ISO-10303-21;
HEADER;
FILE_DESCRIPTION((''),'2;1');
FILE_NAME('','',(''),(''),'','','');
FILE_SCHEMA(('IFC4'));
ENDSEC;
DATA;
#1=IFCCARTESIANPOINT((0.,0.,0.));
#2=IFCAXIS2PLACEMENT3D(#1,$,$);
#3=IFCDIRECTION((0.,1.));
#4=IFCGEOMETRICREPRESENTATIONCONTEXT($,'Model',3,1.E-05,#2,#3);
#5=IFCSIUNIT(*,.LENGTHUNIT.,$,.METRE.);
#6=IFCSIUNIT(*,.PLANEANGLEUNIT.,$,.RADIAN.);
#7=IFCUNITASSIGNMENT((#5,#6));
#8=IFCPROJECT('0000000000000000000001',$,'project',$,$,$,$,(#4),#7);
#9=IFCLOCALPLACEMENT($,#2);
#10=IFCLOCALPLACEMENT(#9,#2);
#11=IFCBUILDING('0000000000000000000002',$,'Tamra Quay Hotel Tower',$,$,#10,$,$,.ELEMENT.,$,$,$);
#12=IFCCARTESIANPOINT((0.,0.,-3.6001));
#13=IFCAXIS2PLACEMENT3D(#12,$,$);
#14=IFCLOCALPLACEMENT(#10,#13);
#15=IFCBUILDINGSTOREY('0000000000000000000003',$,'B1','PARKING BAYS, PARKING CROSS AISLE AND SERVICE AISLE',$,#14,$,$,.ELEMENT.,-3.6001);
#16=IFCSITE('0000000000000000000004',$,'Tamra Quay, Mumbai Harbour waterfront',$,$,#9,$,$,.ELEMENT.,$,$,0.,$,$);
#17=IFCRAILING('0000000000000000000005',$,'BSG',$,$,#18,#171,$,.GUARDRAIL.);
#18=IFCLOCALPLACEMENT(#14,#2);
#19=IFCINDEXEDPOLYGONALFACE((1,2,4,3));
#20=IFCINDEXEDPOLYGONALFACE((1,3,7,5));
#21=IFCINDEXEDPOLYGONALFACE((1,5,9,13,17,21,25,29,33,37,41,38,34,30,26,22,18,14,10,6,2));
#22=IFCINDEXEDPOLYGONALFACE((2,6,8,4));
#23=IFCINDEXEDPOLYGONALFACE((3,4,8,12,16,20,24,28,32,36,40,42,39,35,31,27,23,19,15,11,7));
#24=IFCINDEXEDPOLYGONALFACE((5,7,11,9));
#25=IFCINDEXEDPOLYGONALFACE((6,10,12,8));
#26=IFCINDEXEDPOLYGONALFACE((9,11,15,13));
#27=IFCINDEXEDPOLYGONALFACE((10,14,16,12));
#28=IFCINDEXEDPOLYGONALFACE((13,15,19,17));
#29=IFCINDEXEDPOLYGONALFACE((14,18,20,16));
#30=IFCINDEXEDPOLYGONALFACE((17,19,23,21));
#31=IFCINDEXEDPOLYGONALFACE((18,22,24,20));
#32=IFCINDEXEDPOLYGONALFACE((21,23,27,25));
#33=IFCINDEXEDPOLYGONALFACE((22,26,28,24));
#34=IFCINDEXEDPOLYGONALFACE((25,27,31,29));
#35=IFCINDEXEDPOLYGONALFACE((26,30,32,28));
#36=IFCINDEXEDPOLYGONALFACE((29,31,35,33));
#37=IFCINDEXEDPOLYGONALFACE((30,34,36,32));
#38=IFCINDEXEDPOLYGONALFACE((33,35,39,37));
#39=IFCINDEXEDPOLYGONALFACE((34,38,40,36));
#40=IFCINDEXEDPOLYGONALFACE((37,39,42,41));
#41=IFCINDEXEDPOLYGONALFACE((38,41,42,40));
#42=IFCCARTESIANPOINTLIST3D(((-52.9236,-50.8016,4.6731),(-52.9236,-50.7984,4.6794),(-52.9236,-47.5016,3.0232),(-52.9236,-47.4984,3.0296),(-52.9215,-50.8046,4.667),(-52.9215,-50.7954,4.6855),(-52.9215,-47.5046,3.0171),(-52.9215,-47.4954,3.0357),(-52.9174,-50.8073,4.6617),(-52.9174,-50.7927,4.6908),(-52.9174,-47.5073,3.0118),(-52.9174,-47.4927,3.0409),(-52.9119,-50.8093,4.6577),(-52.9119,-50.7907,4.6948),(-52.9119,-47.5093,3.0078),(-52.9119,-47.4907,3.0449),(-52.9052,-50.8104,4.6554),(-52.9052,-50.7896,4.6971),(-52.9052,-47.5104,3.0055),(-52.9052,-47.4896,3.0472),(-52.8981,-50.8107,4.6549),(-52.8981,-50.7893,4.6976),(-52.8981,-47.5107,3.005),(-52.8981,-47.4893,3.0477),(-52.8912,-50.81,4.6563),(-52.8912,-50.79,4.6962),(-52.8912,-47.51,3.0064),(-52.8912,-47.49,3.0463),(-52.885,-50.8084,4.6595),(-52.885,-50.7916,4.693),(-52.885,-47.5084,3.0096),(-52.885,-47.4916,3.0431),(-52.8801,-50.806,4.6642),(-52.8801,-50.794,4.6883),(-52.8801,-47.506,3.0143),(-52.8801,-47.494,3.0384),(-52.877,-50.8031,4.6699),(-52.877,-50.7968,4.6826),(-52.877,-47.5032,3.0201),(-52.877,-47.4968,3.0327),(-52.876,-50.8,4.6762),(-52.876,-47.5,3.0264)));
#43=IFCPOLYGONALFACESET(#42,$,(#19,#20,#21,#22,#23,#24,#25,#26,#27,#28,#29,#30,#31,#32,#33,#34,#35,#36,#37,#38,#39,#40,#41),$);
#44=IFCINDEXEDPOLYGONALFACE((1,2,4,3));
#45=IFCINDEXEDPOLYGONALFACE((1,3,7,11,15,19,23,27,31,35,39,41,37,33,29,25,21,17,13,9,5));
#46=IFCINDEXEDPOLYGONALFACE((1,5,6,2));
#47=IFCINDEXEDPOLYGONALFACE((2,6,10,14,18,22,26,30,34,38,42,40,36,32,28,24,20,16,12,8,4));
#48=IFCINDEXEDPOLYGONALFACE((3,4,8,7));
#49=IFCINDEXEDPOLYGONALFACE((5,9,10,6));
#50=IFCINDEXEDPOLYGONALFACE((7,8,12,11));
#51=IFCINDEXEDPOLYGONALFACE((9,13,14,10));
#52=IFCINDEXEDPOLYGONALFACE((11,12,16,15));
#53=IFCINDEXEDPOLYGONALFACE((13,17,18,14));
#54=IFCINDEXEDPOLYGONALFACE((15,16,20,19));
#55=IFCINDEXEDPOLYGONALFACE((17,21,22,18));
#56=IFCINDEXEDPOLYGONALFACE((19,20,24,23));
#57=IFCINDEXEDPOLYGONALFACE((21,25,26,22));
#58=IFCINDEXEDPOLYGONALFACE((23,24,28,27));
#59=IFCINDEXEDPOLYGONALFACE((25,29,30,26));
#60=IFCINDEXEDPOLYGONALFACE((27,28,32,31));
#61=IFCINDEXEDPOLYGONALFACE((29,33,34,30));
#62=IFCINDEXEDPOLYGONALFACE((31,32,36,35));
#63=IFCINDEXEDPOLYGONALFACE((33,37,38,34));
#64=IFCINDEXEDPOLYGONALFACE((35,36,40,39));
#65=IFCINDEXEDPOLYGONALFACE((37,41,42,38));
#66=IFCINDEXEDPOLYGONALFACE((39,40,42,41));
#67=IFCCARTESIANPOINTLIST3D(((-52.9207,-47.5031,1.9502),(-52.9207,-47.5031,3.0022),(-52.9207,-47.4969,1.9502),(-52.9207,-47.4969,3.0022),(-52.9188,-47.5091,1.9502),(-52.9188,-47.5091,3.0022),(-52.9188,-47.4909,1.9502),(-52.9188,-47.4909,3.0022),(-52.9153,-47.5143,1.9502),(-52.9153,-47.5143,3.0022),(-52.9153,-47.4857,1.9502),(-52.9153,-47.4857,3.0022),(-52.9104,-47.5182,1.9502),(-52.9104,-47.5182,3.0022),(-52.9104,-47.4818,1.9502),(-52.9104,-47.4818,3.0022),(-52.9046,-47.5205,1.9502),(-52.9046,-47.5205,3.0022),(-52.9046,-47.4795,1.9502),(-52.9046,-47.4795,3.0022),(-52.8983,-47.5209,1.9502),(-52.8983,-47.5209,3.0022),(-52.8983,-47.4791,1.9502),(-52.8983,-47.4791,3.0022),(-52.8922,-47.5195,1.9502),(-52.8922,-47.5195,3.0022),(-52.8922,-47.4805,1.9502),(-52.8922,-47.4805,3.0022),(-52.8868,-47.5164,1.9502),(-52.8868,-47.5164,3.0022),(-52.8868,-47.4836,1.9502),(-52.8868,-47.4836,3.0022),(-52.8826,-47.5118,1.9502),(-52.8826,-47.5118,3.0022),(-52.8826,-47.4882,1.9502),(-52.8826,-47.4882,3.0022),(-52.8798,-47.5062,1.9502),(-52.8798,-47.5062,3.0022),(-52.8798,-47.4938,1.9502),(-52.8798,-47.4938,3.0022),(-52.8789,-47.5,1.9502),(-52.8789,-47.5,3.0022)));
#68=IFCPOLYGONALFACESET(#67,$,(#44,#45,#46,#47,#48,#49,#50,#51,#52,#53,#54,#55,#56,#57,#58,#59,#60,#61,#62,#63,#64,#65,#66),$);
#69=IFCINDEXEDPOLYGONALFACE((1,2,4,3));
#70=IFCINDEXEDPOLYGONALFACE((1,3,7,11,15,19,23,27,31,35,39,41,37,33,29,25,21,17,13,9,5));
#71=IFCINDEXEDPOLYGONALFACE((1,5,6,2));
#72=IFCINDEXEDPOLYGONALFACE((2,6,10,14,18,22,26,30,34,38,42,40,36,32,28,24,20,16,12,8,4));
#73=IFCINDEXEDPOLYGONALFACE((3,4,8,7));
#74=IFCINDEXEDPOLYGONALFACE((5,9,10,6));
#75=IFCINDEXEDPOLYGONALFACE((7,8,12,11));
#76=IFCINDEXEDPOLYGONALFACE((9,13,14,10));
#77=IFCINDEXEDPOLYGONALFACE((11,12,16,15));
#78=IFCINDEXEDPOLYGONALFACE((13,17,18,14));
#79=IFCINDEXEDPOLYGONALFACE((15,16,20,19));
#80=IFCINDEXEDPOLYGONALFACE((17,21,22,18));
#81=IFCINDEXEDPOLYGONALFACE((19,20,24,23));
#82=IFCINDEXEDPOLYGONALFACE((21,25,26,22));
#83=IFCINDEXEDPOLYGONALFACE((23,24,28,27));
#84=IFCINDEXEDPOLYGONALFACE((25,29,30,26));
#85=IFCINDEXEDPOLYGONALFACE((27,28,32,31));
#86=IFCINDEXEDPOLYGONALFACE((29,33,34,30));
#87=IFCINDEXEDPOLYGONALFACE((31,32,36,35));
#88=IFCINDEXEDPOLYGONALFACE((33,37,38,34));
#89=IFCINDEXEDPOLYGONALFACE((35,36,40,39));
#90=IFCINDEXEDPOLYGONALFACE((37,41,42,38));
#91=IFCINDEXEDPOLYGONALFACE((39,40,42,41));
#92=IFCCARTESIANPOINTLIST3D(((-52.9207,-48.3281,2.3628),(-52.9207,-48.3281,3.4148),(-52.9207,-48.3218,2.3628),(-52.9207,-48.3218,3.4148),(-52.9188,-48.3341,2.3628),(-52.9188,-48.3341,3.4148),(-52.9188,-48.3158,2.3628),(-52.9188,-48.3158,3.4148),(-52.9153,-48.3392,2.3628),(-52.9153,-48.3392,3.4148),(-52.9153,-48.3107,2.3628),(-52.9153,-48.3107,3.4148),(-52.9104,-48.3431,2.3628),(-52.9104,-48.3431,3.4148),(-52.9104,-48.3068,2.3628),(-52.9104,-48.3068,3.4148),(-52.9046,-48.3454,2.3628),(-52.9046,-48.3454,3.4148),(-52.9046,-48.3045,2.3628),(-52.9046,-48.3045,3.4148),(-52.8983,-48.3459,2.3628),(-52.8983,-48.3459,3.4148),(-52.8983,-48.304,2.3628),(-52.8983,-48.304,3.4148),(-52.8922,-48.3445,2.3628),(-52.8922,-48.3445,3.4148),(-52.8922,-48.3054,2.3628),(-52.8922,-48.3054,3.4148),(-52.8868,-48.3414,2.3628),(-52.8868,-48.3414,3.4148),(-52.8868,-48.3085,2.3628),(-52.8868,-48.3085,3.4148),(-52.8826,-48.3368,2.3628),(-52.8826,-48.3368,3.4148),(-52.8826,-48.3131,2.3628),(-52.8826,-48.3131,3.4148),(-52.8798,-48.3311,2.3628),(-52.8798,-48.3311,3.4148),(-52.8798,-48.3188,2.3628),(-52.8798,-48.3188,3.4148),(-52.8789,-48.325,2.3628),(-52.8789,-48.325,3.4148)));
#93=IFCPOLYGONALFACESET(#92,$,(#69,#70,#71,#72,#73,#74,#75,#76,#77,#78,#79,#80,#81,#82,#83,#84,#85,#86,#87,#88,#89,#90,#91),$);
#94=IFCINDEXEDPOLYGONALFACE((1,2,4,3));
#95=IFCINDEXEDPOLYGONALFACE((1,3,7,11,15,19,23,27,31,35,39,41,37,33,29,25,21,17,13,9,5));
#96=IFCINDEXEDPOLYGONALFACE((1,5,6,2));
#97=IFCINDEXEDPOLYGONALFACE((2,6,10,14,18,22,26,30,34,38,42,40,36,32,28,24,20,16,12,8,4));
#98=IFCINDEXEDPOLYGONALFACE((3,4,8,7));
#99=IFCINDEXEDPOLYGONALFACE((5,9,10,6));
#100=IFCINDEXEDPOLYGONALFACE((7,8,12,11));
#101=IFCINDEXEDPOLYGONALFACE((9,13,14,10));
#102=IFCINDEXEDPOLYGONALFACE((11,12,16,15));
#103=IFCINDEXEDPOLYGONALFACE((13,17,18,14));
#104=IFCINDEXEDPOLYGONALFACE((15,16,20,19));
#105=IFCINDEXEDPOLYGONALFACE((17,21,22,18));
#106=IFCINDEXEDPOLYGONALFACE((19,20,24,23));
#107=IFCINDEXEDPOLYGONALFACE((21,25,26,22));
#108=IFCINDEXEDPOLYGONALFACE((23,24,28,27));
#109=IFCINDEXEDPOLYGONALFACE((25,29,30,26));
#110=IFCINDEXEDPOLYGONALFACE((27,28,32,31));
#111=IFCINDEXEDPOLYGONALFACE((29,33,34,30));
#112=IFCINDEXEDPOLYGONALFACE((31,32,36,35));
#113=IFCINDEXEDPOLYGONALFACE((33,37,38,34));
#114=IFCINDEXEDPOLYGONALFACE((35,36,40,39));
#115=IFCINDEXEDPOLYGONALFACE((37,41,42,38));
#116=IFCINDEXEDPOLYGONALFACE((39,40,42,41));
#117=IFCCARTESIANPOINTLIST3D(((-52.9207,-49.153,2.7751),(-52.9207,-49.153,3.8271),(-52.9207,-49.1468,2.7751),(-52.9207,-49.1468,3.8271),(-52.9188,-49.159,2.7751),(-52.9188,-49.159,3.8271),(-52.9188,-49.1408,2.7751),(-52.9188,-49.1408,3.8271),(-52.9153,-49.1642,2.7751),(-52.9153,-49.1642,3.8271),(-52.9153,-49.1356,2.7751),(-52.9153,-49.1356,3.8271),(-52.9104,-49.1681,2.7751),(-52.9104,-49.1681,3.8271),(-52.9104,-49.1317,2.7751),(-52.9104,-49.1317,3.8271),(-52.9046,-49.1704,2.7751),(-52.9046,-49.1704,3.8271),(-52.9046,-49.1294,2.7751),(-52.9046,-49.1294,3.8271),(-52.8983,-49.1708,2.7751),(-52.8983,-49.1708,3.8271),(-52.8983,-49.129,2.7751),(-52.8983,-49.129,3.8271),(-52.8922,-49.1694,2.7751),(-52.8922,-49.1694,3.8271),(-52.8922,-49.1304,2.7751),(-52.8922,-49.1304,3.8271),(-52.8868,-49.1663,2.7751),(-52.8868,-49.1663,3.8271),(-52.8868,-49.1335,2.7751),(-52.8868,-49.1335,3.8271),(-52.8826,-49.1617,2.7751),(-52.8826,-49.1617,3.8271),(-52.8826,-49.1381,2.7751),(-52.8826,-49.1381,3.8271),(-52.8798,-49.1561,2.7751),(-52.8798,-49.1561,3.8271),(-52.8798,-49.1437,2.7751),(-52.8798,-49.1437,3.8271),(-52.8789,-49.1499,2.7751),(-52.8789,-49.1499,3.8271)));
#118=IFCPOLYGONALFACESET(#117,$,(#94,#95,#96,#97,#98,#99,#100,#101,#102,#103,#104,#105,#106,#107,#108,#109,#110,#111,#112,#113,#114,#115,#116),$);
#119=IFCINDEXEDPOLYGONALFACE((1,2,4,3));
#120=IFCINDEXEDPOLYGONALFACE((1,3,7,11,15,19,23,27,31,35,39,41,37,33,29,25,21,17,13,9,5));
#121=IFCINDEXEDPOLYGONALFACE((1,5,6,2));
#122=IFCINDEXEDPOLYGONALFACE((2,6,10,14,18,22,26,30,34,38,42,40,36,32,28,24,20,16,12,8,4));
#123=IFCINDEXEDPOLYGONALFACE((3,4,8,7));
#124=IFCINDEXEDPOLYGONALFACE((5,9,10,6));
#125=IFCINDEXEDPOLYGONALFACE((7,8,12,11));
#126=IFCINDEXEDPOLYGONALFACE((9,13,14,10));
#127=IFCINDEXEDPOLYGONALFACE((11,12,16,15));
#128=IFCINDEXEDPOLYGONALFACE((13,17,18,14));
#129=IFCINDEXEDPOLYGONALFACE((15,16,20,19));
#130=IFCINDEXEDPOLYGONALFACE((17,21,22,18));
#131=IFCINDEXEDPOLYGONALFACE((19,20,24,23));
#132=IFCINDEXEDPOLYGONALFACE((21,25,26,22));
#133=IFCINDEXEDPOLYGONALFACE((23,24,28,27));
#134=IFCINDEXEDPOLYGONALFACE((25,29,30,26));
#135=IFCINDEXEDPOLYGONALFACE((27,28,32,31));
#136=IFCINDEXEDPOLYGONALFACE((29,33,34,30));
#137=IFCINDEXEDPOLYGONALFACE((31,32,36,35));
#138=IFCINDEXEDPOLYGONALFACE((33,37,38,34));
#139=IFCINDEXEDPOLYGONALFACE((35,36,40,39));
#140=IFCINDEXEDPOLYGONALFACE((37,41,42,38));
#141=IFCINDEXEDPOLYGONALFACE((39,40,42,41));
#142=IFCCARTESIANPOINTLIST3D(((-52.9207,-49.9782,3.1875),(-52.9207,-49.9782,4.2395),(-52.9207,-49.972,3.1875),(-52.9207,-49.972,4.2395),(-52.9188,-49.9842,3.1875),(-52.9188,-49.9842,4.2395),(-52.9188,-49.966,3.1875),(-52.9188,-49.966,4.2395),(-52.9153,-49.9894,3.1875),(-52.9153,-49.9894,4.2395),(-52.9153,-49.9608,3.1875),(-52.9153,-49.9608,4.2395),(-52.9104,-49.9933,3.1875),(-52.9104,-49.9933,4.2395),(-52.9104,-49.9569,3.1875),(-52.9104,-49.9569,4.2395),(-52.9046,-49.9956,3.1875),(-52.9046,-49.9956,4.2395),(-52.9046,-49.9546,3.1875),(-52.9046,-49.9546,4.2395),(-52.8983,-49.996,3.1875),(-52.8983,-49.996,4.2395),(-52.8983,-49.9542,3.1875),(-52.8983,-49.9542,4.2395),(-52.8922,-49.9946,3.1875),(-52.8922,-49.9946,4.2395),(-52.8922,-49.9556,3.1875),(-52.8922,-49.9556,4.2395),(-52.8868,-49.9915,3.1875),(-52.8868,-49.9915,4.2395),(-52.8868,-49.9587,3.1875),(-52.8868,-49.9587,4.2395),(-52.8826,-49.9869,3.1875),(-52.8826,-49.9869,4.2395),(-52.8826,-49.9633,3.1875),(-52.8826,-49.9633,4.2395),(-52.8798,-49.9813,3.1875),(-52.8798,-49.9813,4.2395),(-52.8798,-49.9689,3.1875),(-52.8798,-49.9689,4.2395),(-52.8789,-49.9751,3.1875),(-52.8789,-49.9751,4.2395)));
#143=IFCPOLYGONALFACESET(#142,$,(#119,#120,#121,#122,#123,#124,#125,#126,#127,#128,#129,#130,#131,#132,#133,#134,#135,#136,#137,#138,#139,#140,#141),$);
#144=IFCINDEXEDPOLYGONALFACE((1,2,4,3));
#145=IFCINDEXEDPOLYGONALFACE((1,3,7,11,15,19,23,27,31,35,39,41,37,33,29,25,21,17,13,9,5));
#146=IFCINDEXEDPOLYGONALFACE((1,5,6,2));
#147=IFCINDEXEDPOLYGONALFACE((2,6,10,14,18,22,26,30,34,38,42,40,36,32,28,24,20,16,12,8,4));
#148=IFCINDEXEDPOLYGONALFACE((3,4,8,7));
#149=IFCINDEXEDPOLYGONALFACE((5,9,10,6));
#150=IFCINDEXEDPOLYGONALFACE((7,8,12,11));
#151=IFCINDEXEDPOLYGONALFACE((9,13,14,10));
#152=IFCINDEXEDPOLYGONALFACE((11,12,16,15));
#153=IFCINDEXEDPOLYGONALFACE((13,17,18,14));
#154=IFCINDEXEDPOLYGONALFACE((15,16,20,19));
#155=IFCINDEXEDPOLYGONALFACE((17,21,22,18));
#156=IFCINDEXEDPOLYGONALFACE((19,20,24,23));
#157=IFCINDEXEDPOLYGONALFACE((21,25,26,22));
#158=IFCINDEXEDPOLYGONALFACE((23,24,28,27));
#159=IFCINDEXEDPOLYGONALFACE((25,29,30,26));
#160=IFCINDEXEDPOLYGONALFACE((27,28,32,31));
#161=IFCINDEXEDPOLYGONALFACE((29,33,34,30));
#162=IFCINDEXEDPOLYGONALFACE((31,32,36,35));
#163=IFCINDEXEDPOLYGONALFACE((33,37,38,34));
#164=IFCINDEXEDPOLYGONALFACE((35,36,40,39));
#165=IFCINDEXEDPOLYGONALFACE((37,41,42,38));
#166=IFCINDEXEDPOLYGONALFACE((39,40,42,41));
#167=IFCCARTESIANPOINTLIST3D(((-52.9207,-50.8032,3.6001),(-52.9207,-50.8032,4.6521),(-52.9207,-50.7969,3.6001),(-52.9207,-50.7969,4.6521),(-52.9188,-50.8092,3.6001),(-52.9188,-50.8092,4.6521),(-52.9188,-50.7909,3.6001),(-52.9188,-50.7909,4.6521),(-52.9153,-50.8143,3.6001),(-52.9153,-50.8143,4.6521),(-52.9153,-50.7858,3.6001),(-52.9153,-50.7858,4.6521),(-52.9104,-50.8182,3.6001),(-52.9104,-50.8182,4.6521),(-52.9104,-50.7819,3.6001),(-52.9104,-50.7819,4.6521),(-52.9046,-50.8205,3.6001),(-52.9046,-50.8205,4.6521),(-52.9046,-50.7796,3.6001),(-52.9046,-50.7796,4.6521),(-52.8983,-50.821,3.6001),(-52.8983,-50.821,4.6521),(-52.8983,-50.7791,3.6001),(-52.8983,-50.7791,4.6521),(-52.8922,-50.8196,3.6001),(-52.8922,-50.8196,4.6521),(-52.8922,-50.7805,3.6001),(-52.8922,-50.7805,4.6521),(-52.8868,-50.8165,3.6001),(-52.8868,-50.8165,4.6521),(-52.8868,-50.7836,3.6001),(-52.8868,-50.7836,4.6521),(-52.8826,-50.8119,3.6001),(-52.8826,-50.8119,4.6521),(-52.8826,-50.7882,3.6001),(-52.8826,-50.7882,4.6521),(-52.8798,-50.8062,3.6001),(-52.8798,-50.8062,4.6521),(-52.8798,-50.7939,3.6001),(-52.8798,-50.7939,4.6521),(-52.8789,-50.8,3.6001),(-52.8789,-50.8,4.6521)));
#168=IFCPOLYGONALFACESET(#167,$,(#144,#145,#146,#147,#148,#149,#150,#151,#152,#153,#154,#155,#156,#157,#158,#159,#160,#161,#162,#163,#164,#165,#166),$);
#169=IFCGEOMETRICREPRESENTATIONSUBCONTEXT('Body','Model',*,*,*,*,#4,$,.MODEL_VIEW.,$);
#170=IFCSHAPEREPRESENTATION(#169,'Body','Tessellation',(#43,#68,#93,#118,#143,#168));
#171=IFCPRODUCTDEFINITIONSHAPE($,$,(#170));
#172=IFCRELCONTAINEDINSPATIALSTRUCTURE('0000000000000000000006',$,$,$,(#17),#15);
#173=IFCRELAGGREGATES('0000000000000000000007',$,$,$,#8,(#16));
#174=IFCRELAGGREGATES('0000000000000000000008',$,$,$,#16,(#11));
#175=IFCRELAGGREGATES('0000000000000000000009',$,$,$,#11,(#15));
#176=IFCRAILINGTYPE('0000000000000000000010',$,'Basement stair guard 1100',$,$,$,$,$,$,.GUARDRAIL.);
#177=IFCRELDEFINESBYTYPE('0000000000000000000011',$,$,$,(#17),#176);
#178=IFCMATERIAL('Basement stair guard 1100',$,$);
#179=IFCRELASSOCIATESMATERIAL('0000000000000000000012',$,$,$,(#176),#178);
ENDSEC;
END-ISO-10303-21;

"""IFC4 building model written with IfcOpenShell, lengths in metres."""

from ifc_helpers import new_model, si_unit, direction, frame, origin, origin_2d, place, context, subcontext, project, spatial, circle, extrude, material, type_object, element, save


model = new_model("IFC4")

# Units and contexts
model_context = context("Model", 3, precision=1e-05, world=origin(), true_north=direction((0.0, 1.0)))
body_context = subcontext(model_context, "Body", "Model", "MODEL_VIEW")
ifc_project = project(units=[si_unit("LENGTHUNIT", "METRE"), si_unit("PLANEANGLEUNIT", "RADIAN")], contexts=[model_context])

# Site, building, storey
site_placement = place(None, origin())
site = spatial("IfcSite", under=ifc_project, at=site_placement, Name="Tamra Quay, Mumbai Harbour waterfront", CompositionType="ELEMENT", RefElevation=0.0)
building_placement = place(site_placement, origin())
building = spatial("IfcBuilding", under=site, at=building_placement, Name="Tamra Quay Hotel Tower", CompositionType="ELEMENT")
storey_placement = place(building_placement, frame((0.0, 0.0, -3.6001)))
storey = spatial("IfcBuildingStorey", under=building, at=storey_placement, Name="B1", Description="PARKING BAYS, PARKING CROSS AISLE AND SERVICE AISLE", CompositionType="ELEMENT", Elevation=-3.6001)

# Railing
ifc_material_1 = material(Name="Basement stair guard 1100")
railing_type_1 = type_object("IfcRailingType", Name="Basement stair guard 1100", PredefinedType="GUARDRAIL", material=ifc_material_1)
railing_1_placement = place(storey_placement, frame((-52.8999, -47.5, 1.9502)))
element("IfcRailing", 1, at=railing_1_placement, inside=storey, type_object=railing_type_1, Name="BSG", PredefinedType="GUARDRAIL", context=body_context, shape_type="SweptSolid", body=[
    extrude(circle(Radius=0.0239, at=origin_2d()), frame((0.0, 0.0, 1.0762), z_axis=(0.0, -0.89444, 0.447187), x_axis=(1.0, 0.0, 0.0)), (0.0, 0.0, 1.0), 3.6895),
    extrude(circle(Radius=0.021, at=origin_2d()), origin(), (0.0, 0.0, 1.0), 1.052),
    extrude(circle(Radius=0.021, at=origin_2d()), frame((0.0, -0.825, 0.4126)), (0.0, 0.0, 1.0), 1.052),
    extrude(circle(Radius=0.021, at=origin_2d()), frame((0.0, -1.6499, 0.825)), (0.0, 0.0, 1.0), 1.052),
    extrude(circle(Radius=0.021, at=origin_2d()), frame((0.0, -2.4751, 1.2373)), (0.0, 0.0, 1.0), 1.052),
    extrude(circle(Radius=0.021, at=origin_2d()), frame((0.0, -3.3, 1.6499)), (0.0, 0.0, 1.0), 1.052),
])

save(model, "model.ifc")
